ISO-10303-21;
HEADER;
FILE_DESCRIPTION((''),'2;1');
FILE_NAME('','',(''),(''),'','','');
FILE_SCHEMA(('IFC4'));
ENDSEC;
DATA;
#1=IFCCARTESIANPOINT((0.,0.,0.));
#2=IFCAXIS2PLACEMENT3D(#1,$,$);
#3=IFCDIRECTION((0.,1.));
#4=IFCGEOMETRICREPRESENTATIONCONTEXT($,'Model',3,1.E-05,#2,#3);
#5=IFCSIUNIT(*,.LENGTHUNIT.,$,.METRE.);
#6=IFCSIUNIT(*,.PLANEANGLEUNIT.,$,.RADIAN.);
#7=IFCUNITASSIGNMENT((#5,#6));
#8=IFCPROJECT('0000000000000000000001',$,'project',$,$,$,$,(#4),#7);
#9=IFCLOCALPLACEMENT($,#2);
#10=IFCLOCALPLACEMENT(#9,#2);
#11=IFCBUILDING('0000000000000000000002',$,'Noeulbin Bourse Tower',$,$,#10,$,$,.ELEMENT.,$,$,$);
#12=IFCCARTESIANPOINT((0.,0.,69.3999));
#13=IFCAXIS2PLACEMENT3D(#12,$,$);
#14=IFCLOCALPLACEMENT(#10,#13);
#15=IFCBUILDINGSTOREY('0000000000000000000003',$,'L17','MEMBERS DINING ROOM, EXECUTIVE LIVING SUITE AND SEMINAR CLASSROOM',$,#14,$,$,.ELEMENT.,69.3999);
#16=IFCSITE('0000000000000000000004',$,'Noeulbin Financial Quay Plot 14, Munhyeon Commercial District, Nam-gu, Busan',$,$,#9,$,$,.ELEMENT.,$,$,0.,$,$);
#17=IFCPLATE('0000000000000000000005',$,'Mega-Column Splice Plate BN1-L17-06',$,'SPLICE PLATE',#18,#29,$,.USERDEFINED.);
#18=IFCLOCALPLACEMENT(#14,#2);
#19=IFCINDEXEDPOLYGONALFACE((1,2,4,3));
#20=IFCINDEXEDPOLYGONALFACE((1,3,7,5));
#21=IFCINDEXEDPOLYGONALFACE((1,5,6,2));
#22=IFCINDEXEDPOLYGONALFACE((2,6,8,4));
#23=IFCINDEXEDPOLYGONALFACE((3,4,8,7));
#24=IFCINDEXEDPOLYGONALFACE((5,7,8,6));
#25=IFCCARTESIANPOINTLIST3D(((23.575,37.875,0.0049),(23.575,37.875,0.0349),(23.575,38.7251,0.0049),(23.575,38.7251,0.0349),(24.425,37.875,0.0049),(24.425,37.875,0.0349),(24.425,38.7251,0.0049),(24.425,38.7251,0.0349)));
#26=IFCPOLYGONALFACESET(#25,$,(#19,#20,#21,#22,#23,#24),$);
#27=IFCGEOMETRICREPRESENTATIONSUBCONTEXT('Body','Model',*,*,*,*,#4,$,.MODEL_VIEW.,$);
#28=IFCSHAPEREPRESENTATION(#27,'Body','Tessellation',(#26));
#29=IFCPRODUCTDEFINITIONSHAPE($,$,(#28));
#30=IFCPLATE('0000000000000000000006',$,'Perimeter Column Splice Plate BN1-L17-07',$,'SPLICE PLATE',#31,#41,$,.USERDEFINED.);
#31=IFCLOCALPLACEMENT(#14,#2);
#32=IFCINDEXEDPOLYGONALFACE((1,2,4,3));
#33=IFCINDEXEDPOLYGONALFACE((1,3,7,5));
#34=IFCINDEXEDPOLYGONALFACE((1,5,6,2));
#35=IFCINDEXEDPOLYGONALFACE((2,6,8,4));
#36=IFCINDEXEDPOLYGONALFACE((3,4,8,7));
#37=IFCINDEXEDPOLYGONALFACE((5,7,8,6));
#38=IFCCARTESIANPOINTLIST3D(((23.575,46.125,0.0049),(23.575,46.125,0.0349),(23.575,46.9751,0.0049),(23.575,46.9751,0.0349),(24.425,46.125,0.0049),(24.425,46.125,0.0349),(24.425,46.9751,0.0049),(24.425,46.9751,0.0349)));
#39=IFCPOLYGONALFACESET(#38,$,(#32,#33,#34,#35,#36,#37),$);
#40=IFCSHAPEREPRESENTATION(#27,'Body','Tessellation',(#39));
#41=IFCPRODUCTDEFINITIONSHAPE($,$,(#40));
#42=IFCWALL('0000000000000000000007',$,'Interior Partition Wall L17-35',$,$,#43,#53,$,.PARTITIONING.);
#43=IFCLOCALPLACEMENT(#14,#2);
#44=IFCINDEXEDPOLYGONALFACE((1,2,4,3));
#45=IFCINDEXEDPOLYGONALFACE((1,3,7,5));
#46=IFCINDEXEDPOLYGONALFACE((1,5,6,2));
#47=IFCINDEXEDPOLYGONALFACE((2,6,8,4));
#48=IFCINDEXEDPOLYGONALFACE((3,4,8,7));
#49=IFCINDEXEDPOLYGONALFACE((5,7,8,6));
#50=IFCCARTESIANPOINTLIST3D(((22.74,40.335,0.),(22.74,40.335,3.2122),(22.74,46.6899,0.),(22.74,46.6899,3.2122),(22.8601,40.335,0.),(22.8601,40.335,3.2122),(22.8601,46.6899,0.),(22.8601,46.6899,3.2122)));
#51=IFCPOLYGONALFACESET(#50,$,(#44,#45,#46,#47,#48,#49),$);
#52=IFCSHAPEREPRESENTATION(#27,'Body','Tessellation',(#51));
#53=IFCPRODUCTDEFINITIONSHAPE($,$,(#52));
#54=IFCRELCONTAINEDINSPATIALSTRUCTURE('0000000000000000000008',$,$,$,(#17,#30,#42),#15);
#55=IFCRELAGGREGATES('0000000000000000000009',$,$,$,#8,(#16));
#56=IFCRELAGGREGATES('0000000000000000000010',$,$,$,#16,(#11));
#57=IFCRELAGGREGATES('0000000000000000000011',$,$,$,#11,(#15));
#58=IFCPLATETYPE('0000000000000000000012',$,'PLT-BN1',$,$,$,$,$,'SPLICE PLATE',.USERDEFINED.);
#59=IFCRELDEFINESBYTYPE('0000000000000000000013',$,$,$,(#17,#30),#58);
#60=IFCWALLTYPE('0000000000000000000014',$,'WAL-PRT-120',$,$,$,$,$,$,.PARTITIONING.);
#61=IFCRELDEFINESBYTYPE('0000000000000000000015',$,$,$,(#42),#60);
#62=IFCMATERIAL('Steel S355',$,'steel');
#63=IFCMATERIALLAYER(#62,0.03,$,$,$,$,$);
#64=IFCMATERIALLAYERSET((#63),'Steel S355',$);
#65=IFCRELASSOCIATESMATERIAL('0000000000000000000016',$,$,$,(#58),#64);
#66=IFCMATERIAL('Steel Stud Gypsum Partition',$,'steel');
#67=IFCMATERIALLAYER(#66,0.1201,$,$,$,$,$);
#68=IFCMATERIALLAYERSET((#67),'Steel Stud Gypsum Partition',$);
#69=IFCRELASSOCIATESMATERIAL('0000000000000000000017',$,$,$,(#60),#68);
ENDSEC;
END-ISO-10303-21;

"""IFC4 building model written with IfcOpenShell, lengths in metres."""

from ifc_helpers import new_model, si_unit, direction, frame, frame_2d, origin, origin_2d, place, context, subcontext, project, spatial, rectangle, extrude, material, layer, layer_set, type_object, element, save


model = new_model("IFC4")

# Units and contexts
model_context = context("Model", 3, precision=1e-05, world=origin(), true_north=direction((0.0, 1.0)))
body_context = subcontext(model_context, "Body", "Model", "MODEL_VIEW")
ifc_project = project(units=[si_unit("LENGTHUNIT", "METRE"), si_unit("PLANEANGLEUNIT", "RADIAN")], contexts=[model_context])

# Site, building, storey
site_placement = place(None, origin())
site = spatial("IfcSite", under=ifc_project, at=site_placement, Name="Noeulbin Financial Quay Plot 14, Munhyeon Commercial District, Nam-gu, Busan", CompositionType="ELEMENT", RefElevation=0.0)
building_placement = place(site_placement, origin())
building = spatial("IfcBuilding", under=site, at=building_placement, Name="Noeulbin Bourse Tower", CompositionType="ELEMENT")
storey_placement = place(building_placement, frame((0.0, 0.0, 69.3999)))
storey = spatial("IfcBuildingStorey", under=building, at=storey_placement, Name="L17", Description="MEMBERS DINING ROOM, EXECUTIVE LIVING SUITE AND SEMINAR CLASSROOM", CompositionType="ELEMENT", Elevation=69.3999)

# Shared definitions
ifc_material_1 = material(Name="Steel S355", Category="steel")

# Plates
ifc_layer_1 = layer(ifc_material_1, 0.03)
ifc_layer_set_1 = layer_set([ifc_layer_1], Name="Steel S355")
plate_type_1 = type_object("IfcPlateType", Name="PLT-BN1", ElementType="SPLICE PLATE", PredefinedType="USERDEFINED", material=ifc_layer_set_1)
for number, where, z_axis, x_axis, name in (
    (1, (24.0, 38.3, 0.0049), (0.0, 0.0, 1.0), (1.0, 0.0, 0.0), "Mega-Column Splice Plate BN1-L17-06"),
    (2, (24.0, 46.55, 0.0049), (0.0, 0.0, 1.0), (1.0, 0.0, 0.0), "Perimeter Column Splice Plate BN1-L17-07"),
):
    element("IfcPlate", number, at=place(storey_placement, frame(where, z_axis=z_axis, x_axis=x_axis)), inside=storey, type_object=plate_type_1, Name=name, ObjectType="SPLICE PLATE", PredefinedType="USERDEFINED", context=body_context, shape_type="SweptSolid", body=[
        extrude(rectangle(XDim=0.8501, YDim=0.8501, at=origin_2d()), origin(), (0.0, 0.0, 1.0), 0.03),
    ])

# Wall
ifc_material_2 = material(Name="Steel Stud Gypsum Partition", Category="steel")
ifc_layer_2 = layer(ifc_material_2, 0.1201)
ifc_layer_set_2 = layer_set([ifc_layer_2], Name="Steel Stud Gypsum Partition")
wall_type = type_object("IfcWallType", Name="WAL-PRT-120", PredefinedType="PARTITIONING", material=ifc_layer_set_2)
wall_placement = place(storey_placement, frame((22.8, 40.335, 0.0), z_axis=(0.0, 0.0, 1.0), x_axis=(0.0, 1.0, 0.0)))
element("IfcWall", 3, at=wall_placement, inside=storey, type_object=wall_type, Name="Interior Partition Wall L17-35", PredefinedType="PARTITIONING", context=body_context, shape_type="SweptSolid", body=[
    extrude(rectangle(XDim=6.355, YDim=0.1201, at=frame_2d((3.1775, 0.0))), origin(), (0.0, 0.0, 1.0), 3.2122),
])

save(model, "model.ifc")
